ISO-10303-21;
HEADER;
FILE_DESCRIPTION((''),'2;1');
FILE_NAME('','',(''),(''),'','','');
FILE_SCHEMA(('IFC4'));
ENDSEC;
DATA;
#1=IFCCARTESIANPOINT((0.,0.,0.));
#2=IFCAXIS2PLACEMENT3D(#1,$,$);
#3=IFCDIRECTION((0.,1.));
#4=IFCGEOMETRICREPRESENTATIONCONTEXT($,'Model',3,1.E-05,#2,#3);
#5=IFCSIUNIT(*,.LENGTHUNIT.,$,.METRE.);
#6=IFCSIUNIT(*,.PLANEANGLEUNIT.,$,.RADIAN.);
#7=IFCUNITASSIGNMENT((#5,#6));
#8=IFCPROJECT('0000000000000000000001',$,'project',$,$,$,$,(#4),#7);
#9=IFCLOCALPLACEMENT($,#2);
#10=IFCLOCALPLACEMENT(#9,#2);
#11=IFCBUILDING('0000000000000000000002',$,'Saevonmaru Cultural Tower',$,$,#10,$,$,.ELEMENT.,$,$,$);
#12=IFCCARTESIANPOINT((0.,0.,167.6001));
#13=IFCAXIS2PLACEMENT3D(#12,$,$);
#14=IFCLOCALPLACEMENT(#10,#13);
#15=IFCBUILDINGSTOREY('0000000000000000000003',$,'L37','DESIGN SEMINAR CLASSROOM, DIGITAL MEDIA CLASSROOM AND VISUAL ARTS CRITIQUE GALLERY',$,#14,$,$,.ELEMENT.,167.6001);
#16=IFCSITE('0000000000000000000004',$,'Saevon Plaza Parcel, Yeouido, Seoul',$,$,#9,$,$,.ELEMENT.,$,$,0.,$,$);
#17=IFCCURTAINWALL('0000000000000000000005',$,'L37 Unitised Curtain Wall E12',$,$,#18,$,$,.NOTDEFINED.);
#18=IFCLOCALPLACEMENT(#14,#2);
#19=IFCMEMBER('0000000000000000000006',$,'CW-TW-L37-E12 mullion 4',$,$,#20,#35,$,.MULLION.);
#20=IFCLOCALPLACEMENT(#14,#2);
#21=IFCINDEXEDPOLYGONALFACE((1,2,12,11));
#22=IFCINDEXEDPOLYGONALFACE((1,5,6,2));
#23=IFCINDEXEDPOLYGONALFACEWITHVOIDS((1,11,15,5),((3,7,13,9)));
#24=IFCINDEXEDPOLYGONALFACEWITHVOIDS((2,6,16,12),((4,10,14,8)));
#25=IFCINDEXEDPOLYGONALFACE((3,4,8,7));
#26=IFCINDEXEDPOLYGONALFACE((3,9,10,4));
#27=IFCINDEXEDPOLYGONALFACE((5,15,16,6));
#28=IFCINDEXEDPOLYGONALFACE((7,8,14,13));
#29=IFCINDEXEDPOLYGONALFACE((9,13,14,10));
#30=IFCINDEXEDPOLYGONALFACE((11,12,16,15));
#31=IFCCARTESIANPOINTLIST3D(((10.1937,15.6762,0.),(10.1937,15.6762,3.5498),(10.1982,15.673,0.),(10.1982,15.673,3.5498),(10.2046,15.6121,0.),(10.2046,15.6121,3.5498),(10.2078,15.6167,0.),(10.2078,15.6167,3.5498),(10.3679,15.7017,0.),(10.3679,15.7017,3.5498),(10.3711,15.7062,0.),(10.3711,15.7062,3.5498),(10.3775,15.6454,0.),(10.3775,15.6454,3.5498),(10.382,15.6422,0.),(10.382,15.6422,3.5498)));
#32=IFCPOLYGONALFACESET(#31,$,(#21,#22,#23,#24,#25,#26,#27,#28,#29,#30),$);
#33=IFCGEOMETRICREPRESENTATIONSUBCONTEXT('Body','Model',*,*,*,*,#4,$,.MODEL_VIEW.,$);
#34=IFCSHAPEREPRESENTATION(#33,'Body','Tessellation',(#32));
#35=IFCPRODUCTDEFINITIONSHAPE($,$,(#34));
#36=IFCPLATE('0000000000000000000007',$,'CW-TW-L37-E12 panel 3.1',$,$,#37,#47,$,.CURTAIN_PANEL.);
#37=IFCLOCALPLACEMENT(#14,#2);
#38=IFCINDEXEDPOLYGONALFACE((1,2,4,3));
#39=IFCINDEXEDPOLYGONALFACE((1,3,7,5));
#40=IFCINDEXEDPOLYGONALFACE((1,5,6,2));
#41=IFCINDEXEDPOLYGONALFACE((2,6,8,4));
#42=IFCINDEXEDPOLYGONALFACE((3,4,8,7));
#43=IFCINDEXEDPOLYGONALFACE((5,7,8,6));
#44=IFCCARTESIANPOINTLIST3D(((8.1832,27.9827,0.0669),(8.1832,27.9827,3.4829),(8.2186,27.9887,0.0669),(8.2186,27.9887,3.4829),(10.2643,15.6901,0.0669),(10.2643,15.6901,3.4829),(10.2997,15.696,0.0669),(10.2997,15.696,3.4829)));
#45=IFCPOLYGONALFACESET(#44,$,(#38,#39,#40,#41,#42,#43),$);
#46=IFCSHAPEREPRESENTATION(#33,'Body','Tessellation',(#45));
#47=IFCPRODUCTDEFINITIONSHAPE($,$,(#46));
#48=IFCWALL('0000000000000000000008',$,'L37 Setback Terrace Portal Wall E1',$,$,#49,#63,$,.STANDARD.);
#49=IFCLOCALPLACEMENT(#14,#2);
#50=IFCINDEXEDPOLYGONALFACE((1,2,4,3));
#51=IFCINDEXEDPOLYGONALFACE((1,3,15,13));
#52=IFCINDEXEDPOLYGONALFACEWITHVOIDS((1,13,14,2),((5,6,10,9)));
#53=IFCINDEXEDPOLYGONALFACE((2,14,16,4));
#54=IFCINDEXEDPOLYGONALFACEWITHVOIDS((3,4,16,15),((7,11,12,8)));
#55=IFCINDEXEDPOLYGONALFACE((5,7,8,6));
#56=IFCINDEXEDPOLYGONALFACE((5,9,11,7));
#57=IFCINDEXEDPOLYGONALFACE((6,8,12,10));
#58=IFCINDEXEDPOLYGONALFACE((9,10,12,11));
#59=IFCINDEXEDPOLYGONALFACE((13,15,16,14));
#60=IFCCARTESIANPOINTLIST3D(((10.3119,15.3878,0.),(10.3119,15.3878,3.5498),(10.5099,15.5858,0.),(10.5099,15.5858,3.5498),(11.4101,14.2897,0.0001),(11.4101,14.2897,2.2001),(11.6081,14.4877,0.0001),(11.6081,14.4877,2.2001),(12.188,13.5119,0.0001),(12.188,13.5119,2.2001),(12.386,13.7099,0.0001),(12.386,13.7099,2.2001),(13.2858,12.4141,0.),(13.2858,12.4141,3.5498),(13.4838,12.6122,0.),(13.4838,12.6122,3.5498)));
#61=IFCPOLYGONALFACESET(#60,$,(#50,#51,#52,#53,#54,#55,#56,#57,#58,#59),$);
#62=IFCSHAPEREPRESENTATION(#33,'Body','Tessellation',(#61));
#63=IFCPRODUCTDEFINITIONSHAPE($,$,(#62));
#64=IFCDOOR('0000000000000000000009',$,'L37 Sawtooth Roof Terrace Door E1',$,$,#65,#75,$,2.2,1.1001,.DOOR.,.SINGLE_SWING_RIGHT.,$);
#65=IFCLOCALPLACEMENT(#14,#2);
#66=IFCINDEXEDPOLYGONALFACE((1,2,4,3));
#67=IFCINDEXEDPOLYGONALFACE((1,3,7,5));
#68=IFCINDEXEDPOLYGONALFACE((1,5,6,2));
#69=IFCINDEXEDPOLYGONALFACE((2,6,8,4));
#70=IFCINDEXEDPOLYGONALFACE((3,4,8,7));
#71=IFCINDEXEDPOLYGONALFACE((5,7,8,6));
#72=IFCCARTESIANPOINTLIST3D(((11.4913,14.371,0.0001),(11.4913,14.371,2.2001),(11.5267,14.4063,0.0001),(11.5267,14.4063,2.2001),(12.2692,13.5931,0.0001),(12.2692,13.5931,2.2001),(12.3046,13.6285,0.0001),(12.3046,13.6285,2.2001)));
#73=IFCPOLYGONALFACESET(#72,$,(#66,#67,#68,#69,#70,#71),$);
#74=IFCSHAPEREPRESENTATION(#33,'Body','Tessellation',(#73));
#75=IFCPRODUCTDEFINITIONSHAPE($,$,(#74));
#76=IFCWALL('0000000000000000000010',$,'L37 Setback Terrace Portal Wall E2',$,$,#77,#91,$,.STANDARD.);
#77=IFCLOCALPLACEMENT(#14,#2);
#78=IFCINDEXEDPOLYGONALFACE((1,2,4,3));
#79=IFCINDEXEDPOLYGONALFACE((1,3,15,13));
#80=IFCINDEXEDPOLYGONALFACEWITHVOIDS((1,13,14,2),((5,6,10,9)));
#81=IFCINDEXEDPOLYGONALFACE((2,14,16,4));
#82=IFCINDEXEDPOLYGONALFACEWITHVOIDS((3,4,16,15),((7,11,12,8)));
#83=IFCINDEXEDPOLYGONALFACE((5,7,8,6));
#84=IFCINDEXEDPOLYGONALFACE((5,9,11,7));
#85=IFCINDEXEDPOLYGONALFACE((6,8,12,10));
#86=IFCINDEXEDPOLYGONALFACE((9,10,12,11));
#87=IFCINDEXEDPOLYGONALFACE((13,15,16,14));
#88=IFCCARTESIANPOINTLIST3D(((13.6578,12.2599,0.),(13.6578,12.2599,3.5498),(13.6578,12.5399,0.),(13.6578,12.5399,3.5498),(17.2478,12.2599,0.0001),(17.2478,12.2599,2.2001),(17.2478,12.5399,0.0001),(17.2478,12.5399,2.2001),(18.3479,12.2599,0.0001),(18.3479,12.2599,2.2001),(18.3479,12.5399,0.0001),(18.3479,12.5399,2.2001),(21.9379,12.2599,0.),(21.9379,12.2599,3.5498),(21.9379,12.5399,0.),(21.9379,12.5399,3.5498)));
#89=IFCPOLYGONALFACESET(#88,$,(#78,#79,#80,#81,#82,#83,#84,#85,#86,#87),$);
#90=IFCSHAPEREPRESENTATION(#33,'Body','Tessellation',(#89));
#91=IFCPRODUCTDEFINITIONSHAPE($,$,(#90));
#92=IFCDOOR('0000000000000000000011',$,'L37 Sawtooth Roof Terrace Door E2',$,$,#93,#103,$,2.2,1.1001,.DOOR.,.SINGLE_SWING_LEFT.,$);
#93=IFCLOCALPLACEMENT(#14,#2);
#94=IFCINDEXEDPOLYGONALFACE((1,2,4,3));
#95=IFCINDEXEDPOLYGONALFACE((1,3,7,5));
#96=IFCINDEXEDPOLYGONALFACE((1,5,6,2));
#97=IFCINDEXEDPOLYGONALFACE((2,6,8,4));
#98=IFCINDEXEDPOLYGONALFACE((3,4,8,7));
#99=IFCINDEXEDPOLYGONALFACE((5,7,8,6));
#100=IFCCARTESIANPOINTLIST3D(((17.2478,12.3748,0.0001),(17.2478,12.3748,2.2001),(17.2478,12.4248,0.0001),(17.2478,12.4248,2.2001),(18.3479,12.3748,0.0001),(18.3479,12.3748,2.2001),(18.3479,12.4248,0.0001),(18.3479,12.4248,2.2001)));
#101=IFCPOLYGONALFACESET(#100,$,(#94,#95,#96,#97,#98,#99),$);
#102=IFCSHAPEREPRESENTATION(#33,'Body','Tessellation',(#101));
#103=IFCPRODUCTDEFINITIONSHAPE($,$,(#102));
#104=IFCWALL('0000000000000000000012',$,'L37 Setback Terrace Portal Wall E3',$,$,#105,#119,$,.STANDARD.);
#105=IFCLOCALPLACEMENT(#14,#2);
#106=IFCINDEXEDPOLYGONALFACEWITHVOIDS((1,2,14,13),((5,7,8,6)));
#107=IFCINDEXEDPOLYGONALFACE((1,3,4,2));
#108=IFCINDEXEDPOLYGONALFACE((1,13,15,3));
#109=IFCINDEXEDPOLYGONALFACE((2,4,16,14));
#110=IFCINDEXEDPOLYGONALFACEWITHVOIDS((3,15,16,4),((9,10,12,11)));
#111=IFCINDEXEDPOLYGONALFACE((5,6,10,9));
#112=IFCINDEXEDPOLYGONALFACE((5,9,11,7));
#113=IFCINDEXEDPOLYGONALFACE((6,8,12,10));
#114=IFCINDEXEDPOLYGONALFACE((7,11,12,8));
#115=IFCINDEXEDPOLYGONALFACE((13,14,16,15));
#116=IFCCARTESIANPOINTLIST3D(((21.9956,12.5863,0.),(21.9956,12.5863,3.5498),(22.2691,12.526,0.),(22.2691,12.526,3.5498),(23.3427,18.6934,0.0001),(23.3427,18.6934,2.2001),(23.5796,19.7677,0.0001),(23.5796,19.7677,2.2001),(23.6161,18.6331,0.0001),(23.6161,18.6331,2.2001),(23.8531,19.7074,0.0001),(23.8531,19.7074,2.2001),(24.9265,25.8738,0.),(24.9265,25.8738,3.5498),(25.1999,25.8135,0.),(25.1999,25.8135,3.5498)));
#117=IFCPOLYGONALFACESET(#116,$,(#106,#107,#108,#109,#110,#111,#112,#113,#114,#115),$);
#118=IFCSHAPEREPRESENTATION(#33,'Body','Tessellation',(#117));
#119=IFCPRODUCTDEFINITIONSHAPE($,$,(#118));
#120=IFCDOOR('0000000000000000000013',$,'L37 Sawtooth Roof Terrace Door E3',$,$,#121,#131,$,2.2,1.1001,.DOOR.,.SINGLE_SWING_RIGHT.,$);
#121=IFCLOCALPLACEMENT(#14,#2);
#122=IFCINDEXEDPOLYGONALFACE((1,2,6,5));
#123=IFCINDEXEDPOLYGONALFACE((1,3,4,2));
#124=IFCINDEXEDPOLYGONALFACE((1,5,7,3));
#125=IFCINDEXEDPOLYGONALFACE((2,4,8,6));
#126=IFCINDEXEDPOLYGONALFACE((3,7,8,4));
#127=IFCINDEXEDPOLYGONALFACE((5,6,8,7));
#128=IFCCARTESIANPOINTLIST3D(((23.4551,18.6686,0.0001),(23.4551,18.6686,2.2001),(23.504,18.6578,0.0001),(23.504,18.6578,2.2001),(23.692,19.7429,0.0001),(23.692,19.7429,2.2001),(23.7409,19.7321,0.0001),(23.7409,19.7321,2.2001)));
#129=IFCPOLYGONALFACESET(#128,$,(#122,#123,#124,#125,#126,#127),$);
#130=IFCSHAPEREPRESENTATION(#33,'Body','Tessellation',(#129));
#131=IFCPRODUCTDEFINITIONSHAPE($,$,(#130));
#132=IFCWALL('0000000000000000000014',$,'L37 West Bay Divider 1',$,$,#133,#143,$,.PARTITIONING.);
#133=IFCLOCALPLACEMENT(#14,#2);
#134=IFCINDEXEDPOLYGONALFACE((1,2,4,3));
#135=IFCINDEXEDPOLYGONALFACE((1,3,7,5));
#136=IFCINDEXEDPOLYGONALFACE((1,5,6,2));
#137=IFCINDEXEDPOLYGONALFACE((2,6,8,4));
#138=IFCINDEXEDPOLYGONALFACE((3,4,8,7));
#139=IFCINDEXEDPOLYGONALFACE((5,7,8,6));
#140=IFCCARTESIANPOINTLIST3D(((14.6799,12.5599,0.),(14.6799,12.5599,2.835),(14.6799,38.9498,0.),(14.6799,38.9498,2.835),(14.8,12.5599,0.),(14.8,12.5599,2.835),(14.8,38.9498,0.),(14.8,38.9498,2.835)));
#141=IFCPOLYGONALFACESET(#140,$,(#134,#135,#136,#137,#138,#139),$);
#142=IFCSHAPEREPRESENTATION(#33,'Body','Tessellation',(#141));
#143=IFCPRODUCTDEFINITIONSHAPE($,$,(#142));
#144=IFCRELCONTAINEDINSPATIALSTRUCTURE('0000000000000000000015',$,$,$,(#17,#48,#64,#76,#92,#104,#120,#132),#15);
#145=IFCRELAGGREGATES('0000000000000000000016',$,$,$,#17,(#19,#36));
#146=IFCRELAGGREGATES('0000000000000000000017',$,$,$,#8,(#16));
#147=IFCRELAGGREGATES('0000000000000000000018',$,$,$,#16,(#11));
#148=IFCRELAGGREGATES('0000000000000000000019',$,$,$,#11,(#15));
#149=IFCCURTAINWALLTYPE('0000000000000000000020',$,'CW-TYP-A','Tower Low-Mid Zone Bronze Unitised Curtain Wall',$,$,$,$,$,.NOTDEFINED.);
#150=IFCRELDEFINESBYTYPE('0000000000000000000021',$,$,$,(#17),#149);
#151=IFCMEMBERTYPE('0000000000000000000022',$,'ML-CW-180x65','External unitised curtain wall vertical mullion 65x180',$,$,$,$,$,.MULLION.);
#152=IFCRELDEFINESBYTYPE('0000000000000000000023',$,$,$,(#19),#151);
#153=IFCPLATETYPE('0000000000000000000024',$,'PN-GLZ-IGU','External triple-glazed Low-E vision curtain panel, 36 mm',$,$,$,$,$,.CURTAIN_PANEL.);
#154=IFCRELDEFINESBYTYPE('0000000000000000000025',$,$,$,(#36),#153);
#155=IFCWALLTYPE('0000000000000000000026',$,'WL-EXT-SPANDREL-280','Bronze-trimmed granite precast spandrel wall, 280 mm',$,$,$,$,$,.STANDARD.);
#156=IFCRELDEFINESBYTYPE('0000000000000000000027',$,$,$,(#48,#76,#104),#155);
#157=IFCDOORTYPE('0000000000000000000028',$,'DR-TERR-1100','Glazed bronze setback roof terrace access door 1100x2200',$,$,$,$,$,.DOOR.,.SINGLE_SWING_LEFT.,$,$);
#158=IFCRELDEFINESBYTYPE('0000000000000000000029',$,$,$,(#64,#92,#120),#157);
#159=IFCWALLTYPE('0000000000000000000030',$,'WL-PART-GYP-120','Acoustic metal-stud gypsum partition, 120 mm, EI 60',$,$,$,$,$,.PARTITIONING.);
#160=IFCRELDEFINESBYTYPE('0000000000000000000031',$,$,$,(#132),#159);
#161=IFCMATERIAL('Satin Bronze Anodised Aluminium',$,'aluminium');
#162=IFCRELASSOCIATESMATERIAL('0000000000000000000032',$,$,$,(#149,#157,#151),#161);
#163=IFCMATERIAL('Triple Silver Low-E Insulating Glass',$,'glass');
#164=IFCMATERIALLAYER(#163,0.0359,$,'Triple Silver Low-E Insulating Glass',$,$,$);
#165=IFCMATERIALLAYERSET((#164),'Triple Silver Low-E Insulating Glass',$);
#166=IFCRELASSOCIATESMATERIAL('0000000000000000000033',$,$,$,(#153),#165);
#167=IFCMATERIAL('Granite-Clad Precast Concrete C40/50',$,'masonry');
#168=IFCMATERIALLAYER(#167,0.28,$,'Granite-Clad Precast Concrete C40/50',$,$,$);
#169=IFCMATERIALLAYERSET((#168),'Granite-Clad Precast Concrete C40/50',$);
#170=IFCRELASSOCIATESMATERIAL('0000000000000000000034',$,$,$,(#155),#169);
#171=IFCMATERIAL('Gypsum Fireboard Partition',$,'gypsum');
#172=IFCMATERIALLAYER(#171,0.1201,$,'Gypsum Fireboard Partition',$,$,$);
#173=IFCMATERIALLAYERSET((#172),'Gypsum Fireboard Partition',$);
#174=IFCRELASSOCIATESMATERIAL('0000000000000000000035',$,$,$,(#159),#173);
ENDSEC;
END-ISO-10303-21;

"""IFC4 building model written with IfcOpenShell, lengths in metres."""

from ifc_helpers import new_model, si_unit, direction, frame, frame_2d, origin, origin_2d, place, context, subcontext, project, spatial, rectangle, hollow_rectangle, extrude, material, layer, layer_set, material_profile, profile_set, type_object, element, fill, aggregate, save


model = new_model("IFC4")

# Units and contexts
model_context = context("Model", 3, precision=1e-05, world=origin(), true_north=direction((0.0, 1.0)))
body_context = subcontext(model_context, "Body", "Model", "MODEL_VIEW")
ifc_project = project(units=[si_unit("LENGTHUNIT", "METRE"), si_unit("PLANEANGLEUNIT", "RADIAN")], contexts=[model_context])

# Site, building, storey
site_placement = place(None, origin())
site = spatial("IfcSite", under=ifc_project, at=site_placement, Name="Saevon Plaza Parcel, Yeouido, Seoul", CompositionType="ELEMENT", RefElevation=0.0)
building_placement = place(site_placement, origin())
building = spatial("IfcBuilding", under=site, at=building_placement, Name="Saevonmaru Cultural Tower", CompositionType="ELEMENT")
storey_placement = place(building_placement, frame((0.0, 0.0, 167.6001)))
storey = spatial("IfcBuildingStorey", under=building, at=storey_placement, Name="L37", Description="DESIGN SEMINAR CLASSROOM, DIGITAL MEDIA CLASSROOM AND VISUAL ARTS CRITIQUE GALLERY", CompositionType="ELEMENT", Elevation=167.6001)

# Curtain wall, member, plate
ifc_material_1 = material(Name="Satin Bronze Anodised Aluminium", Category="aluminium")
curtain_wall_type = type_object("IfcCurtainWallType", Name="CW-TYP-A", Description="Tower Low-Mid Zone Bronze Unitised Curtain Wall", PredefinedType="NOTDEFINED", material=ifc_material_1)
curtain_wall_placement = place(storey_placement, origin())
curtain_wall = element("IfcCurtainWall", 1, at=curtain_wall_placement, inside=storey, type_object=curtain_wall_type, Name="L37 Unitised Curtain Wall E12", PredefinedType="NOTDEFINED")
ifc_material_profile_1 = material_profile(ifc_material_1, hollow_rectangle(XDim=0.0649, YDim=0.1799, WallThickness=0.0039, at=origin_2d()), Name="ALU-MULL-180x65x4")
ifc_profile_set_1 = profile_set([ifc_material_profile_1], Name="Satin Bronze Anodised Aluminium")
member_type = type_object("IfcMemberType", Name="ML-CW-180x65", Description="External unitised curtain wall vertical mullion 65x180", PredefinedType="MULLION", material=ifc_profile_set_1)
member_placement = place(storey_placement, frame((10.2878, 15.6592, 0.0), z_axis=(0.0, 0.0, 1.0), x_axis=(0.166922, -0.98597, 0.0)))
member = element("IfcMember", 2, at=member_placement, type_object=member_type, Name="CW-TW-L37-E12 mullion 4", PredefinedType="MULLION", context=body_context, shape_type="SweptSolid", body=[
    extrude(hollow_rectangle(XDim=0.0649, YDim=0.1799, WallThickness=0.0039, at=origin_2d()), origin(), (0.0, 0.0, 1.0), 3.5498),
])
ifc_material_2 = material(Name="Triple Silver Low-E Insulating Glass", Category="glass")
ifc_layer_1 = layer(ifc_material_2, 0.0359, Name="Triple Silver Low-E Insulating Glass")
ifc_layer_set_1 = layer_set([ifc_layer_1], Name="Triple Silver Low-E Insulating Glass")
plate_type = type_object("IfcPlateType", Name="PN-GLZ-IGU", Description="External triple-glazed Low-E vision curtain panel, 36 mm", PredefinedType="CURTAIN_PANEL", material=ifc_layer_set_1)
plate_placement = place(storey_placement, frame((9.2415, 21.8394, 0.0669), z_axis=(0.0, 0.0, 1.0), x_axis=(0.166922, -0.98597, 0.0)))
plate = element("IfcPlate", 3, at=plate_placement, type_object=plate_type, Name="CW-TW-L37-E12 panel 3.1", PredefinedType="CURTAIN_PANEL", context=body_context, shape_type="SweptSolid", body=[
    extrude(rectangle(XDim=12.4675, YDim=0.0359, at=origin_2d()), origin(), (0.0, 0.0, 1.0), 3.416),
])
aggregate(curtain_wall, [member, plate])

# Walls, openings, doors
ifc_material_3 = material(Name="Granite-Clad Precast Concrete C40/50", Category="masonry")
ifc_layer_2 = layer(ifc_material_3, 0.28, Name="Granite-Clad Precast Concrete C40/50")
ifc_layer_set_2 = layer_set([ifc_layer_2], Name="Granite-Clad Precast Concrete C40/50")
wall_type_1 = type_object("IfcWallType", Name="WL-EXT-SPANDREL-280", Description="Bronze-trimmed granite precast spandrel wall, 280 mm", PredefinedType="STANDARD", material=ifc_layer_set_2)
wall_1_placement = place(storey_placement, frame((10.4109, 15.4868, 0.0), z_axis=(0.0, 0.0, 1.0), x_axis=(0.707136, -0.707078, 0.0)))
wall_1 = element("IfcWall", 4, at=wall_1_placement, inside=storey, type_object=wall_type_1, Name="L37 Setback Terrace Portal Wall E1", PredefinedType="STANDARD", context=body_context, shape_type="SweptSolid", body=[
    extrude(rectangle(XDim=4.2056, YDim=0.28, at=frame_2d((2.1028, 0.0))), origin(), (0.0, 0.0, 1.0), 3.5498),
])
opening_1_placement = place(wall_1_placement, frame((1.553, 0.0, 0.0)))
opening_1 = element("IfcOpeningElement", 5, at=opening_1_placement, cuts=wall_1, PredefinedType="OPENING", context=body_context, shape_type="SweptSolid", body=[
    extrude(rectangle(XDim=1.1001, YDim=2.2, at=frame_2d((0.55, 1.1001))), frame((0.0, 0.1499, 0.0), z_axis=(0.0, -1.0, 0.0), x_axis=(1.0, 0.0, 0.0)), (0.0, 0.0, 1.0), 0.3),
])
door_type = type_object("IfcDoorType", Name="DR-TERR-1100", Description="Glazed bronze setback roof terrace access door 1100x2200", OperationType="SINGLE_SWING_LEFT", PredefinedType="DOOR", material=ifc_material_1)
door_1_placement = place(opening_1_placement, origin())
door_1 = element("IfcDoor", 6, at=door_1_placement, inside=storey, type_object=door_type, Name="L37 Sawtooth Roof Terrace Door E1", OperationType="SINGLE_SWING_RIGHT", OverallHeight=2.2, OverallWidth=1.1001, PredefinedType="DOOR", context=body_context, shape_type="SweptSolid", body=[
    extrude(rectangle(XDim=1.1001, YDim=2.2, at=frame_2d((0.55, 1.1001))), frame((0.0, 0.0249, 0.0), z_axis=(0.0, -1.0, 0.0), x_axis=(1.0, 0.0, 0.0)), (0.0, 0.0, 1.0), 0.05),
])
fill(opening_1, door_1)
wall_2_placement = place(storey_placement, frame((13.6577, 12.3999, 0.0), z_axis=(0.0, 0.0, 1.0), x_axis=(1.0, 0.0, 0.0)))
wall_2 = element("IfcWall", 7, at=wall_2_placement, inside=storey, type_object=wall_type_1, Name="L37 Setback Terrace Portal Wall E2", PredefinedType="STANDARD", context=body_context, shape_type="SweptSolid", body=[
    extrude(rectangle(XDim=8.28, YDim=0.28, at=frame_2d((4.1401, 0.0))), origin(), (0.0, 0.0, 1.0), 3.5498),
])
opening_2_placement = place(wall_2_placement, frame((3.5901, 0.0, 0.0)))
opening_2 = element("IfcOpeningElement", 8, at=opening_2_placement, cuts=wall_2, PredefinedType="OPENING", context=body_context, shape_type="SweptSolid", body=[
    extrude(rectangle(XDim=1.1001, YDim=2.2, at=frame_2d((0.55, 1.1001))), frame((0.0, 0.1499, 0.0), z_axis=(0.0, -1.0, 0.0), x_axis=(1.0, 0.0, 0.0)), (0.0, 0.0, 1.0), 0.3),
])
door_2_placement = place(opening_2_placement, origin())
door_2 = element("IfcDoor", 9, at=door_2_placement, inside=storey, type_object=door_type, Name="L37 Sawtooth Roof Terrace Door E2", OperationType="SINGLE_SWING_LEFT", OverallHeight=2.2, OverallWidth=1.1001, PredefinedType="DOOR", context=body_context, shape_type="SweptSolid", body=[
    extrude(rectangle(XDim=1.1001, YDim=2.2, at=frame_2d((0.55, 1.1001))), frame((0.0, 0.0249, 0.0), z_axis=(0.0, -1.0, 0.0), x_axis=(1.0, 0.0, 0.0)), (0.0, 0.0, 1.0), 0.05),
])
fill(opening_2, door_2)
wall_3_placement = place(storey_placement, frame((22.1323, 12.5562, 0.0), z_axis=(0.0, 0.0, 1.0), x_axis=(0.215397, 0.976527, 0.0)))
wall_3 = element("IfcWall", 10, at=wall_3_placement, inside=storey, type_object=wall_type_1, Name="L37 Setback Terrace Portal Wall E3", PredefinedType="STANDARD", context=body_context, shape_type="SweptSolid", body=[
    extrude(rectangle(XDim=13.6069, YDim=0.28, at=frame_2d((6.8035, 0.0))), origin(), (0.0, 0.0, 1.0), 3.5498),
])
opening_3_placement = place(wall_3_placement, frame((6.2539, 0.0, 0.0)))
opening_3 = element("IfcOpeningElement", 11, at=opening_3_placement, cuts=wall_3, PredefinedType="OPENING", context=body_context, shape_type="SweptSolid", body=[
    extrude(rectangle(XDim=1.1001, YDim=2.2, at=frame_2d((0.55, 1.1001))), frame((0.0, 0.1499, 0.0), z_axis=(0.0, -1.0, 0.0), x_axis=(1.0, 0.0, 0.0)), (0.0, 0.0, 1.0), 0.3),
])
door_3_placement = place(opening_3_placement, origin())
door_3 = element("IfcDoor", 12, at=door_3_placement, inside=storey, type_object=door_type, Name="L37 Sawtooth Roof Terrace Door E3", OperationType="SINGLE_SWING_RIGHT", OverallHeight=2.2, OverallWidth=1.1001, PredefinedType="DOOR", context=body_context, shape_type="SweptSolid", body=[
    extrude(rectangle(XDim=1.1001, YDim=2.2, at=frame_2d((0.55, 1.1001))), frame((0.0, 0.0249, 0.0), z_axis=(0.0, -1.0, 0.0), x_axis=(1.0, 0.0, 0.0)), (0.0, 0.0, 1.0), 0.05),
])
fill(opening_3, door_3)

# Wall
ifc_material_4 = material(Name="Gypsum Fireboard Partition", Category="gypsum")
ifc_layer_3 = layer(ifc_material_4, 0.1201, Name="Gypsum Fireboard Partition")
ifc_layer_set_3 = layer_set([ifc_layer_3], Name="Gypsum Fireboard Partition")
wall_type_2 = type_object("IfcWallType", Name="WL-PART-GYP-120", Description="Acoustic metal-stud gypsum partition, 120 mm, EI 60", PredefinedType="PARTITIONING", material=ifc_layer_set_3)
wall_4_placement = place(storey_placement, frame((14.74, 12.5601, 0.0), z_axis=(0.0, 0.0, 1.0), x_axis=(0.0, 1.0, 0.0)))
element("IfcWall", 13, at=wall_4_placement, inside=storey, type_object=wall_type_2, Name="L37 West Bay Divider 1", PredefinedType="PARTITIONING", context=body_context, shape_type="SweptSolid", body=[
    extrude(rectangle(XDim=26.3899, YDim=0.1201, at=frame_2d((13.1948, 0.0))), origin(), (0.0, 0.0, 1.0), 2.835),
])

save(model, "model.ifc")
